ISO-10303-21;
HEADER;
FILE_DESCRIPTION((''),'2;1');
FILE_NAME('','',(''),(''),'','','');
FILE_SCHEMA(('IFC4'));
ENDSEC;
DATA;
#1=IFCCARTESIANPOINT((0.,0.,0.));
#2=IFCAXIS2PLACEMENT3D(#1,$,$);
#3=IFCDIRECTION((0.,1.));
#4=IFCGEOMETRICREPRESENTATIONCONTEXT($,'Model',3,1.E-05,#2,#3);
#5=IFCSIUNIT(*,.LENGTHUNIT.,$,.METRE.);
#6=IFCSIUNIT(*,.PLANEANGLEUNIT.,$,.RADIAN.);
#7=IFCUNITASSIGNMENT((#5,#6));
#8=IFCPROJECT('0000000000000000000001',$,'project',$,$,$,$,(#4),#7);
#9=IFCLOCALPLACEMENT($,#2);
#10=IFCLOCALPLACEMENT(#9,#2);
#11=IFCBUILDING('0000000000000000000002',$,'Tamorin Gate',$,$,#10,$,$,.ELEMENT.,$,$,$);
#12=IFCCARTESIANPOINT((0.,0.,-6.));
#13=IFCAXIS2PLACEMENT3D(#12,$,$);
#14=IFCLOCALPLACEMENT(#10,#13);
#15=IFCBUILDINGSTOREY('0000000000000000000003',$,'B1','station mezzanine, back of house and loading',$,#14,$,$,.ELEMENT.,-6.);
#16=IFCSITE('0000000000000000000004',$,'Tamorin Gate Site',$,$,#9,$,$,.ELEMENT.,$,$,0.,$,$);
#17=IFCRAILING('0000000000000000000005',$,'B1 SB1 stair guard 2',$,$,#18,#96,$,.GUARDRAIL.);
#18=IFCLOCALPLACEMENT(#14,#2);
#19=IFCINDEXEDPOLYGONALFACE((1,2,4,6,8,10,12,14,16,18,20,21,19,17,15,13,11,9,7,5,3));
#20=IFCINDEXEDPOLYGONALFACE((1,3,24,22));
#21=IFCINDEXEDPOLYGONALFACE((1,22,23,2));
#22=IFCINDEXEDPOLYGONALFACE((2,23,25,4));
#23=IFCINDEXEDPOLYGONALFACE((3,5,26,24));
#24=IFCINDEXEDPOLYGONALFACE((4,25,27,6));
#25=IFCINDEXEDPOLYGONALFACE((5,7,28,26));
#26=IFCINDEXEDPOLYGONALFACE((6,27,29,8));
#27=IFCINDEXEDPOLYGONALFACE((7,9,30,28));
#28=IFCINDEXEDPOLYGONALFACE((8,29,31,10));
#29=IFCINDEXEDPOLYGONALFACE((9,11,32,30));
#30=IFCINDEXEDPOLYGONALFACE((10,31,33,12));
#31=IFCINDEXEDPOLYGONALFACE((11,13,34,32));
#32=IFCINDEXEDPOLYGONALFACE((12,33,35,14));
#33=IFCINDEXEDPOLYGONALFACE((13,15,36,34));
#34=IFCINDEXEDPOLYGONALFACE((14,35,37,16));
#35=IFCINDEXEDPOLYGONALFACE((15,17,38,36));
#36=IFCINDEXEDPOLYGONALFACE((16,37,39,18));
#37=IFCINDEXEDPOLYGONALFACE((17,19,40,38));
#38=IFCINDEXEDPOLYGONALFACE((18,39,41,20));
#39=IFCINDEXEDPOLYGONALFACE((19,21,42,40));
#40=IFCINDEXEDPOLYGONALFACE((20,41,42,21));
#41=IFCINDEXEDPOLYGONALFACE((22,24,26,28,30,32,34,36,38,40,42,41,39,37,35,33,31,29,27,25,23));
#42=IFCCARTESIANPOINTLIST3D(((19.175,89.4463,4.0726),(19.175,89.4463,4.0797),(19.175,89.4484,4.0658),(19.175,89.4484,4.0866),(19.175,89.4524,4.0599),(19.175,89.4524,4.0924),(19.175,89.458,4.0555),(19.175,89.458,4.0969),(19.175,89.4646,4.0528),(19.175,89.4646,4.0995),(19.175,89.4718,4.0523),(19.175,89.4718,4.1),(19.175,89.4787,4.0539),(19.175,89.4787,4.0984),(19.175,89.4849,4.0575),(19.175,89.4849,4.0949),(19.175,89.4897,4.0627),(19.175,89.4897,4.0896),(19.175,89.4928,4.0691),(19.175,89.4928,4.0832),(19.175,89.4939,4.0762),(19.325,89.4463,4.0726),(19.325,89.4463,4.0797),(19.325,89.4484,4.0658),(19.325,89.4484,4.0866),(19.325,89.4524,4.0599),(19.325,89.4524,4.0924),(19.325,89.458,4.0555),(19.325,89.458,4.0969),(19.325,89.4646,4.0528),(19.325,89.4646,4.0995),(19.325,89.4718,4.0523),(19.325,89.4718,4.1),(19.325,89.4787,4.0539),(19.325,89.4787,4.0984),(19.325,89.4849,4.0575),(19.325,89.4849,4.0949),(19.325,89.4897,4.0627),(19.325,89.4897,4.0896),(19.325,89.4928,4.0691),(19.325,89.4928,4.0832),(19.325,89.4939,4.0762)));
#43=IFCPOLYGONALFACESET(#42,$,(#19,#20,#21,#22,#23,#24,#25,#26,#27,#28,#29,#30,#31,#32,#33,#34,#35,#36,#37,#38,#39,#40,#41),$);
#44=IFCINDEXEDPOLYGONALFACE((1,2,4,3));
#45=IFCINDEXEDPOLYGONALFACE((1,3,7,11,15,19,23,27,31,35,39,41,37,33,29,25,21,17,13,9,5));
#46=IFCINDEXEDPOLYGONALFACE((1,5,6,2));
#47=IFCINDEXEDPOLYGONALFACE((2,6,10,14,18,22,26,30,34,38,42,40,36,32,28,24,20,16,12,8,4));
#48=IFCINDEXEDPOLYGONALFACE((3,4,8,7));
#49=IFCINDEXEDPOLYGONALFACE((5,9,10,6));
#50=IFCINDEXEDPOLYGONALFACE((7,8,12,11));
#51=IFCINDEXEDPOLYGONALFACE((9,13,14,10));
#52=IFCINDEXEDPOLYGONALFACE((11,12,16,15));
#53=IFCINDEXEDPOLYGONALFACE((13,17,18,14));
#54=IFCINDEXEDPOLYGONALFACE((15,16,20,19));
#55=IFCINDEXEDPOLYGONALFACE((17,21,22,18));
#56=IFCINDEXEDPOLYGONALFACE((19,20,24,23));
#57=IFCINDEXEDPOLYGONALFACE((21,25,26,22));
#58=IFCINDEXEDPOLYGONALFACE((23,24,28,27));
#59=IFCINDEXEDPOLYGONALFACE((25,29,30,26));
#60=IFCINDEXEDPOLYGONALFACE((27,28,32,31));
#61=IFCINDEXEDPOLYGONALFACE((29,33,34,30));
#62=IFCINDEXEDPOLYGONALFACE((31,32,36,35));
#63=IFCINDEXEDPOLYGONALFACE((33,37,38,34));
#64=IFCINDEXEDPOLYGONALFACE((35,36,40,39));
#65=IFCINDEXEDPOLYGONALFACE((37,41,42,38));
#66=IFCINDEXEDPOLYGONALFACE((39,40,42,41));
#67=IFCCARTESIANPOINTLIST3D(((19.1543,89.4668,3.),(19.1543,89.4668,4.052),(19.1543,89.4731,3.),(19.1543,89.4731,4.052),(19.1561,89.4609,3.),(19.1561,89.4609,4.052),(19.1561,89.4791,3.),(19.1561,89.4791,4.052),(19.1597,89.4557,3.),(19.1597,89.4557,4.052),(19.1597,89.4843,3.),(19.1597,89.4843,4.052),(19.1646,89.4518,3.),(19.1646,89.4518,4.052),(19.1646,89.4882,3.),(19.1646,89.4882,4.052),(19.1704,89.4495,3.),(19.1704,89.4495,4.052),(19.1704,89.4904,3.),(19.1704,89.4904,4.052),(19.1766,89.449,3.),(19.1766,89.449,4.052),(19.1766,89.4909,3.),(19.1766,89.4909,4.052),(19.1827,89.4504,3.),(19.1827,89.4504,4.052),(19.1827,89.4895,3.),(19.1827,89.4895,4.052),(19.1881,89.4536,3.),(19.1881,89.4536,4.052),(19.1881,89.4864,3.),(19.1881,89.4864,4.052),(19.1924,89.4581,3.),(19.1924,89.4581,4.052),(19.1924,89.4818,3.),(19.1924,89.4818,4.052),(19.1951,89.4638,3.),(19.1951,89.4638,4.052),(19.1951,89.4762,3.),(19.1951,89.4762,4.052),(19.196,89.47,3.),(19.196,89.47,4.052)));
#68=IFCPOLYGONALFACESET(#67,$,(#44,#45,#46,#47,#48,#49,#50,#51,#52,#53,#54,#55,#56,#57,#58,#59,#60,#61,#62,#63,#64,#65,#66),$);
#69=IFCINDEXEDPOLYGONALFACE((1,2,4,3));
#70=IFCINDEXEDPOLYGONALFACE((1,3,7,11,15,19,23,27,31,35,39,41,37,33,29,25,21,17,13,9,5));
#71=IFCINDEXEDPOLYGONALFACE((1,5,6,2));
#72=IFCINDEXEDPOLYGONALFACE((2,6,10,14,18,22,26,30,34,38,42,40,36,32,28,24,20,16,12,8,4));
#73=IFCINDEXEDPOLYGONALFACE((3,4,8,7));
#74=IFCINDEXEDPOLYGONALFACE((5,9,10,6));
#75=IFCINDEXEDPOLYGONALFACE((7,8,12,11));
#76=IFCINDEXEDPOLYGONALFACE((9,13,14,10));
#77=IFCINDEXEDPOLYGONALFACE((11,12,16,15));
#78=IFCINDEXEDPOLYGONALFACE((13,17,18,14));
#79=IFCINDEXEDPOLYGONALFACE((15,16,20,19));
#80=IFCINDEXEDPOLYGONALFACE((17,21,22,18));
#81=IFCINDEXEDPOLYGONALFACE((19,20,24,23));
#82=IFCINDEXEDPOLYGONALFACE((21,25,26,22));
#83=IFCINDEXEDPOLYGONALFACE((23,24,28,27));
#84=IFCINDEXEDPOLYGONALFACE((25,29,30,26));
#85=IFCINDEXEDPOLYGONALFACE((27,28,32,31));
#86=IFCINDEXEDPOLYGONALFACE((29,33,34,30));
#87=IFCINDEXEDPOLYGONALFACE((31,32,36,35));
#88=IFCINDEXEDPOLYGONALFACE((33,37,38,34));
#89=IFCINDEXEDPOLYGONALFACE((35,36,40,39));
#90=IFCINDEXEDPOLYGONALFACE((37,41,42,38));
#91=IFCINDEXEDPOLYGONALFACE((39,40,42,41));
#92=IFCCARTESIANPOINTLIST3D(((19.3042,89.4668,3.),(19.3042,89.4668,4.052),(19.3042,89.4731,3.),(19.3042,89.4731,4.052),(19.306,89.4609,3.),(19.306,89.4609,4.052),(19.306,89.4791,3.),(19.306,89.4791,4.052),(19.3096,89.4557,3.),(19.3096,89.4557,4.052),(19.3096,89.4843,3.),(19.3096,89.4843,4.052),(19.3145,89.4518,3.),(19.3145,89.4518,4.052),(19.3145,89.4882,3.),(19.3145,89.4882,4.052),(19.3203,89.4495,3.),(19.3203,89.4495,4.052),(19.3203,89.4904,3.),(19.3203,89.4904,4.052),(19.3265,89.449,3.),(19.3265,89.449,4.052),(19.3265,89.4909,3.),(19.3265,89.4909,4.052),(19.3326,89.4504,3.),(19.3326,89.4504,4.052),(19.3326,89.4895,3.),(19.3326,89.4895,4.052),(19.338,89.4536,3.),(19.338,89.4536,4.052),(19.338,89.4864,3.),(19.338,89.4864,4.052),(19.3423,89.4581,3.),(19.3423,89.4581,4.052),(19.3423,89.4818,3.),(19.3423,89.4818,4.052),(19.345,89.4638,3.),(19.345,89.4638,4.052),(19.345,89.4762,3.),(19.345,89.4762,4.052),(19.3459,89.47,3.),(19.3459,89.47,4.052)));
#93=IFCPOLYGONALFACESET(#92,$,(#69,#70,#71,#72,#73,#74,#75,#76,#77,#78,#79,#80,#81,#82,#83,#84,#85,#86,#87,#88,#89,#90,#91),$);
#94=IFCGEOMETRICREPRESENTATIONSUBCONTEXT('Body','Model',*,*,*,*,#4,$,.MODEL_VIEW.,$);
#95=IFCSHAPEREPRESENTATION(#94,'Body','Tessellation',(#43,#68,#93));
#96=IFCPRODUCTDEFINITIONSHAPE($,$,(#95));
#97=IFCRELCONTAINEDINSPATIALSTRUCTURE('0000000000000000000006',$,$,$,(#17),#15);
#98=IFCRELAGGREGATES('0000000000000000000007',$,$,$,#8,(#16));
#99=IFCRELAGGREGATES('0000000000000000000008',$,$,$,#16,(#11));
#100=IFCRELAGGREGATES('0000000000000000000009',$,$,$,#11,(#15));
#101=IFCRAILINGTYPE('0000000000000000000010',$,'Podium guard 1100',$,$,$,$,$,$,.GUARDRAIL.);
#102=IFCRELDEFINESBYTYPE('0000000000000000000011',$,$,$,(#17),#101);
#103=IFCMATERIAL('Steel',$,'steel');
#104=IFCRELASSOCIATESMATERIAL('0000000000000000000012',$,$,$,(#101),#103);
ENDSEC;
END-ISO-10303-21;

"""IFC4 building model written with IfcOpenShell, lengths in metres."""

from ifc_helpers import new_model, si_unit, direction, frame, origin, origin_2d, place, context, subcontext, project, spatial, circle, extrude, material, type_object, element, save


model = new_model("IFC4")

# Units and contexts
model_context = context("Model", 3, precision=1e-05, world=origin(), true_north=direction((0.0, 1.0)))
body_context = subcontext(model_context, "Body", "Model", "MODEL_VIEW")
ifc_project = project(units=[si_unit("LENGTHUNIT", "METRE"), si_unit("PLANEANGLEUNIT", "RADIAN")], contexts=[model_context])

# Site, building, storey
site_placement = place(None, origin())
site = spatial("IfcSite", under=ifc_project, at=site_placement, Name="Tamorin Gate Site", CompositionType="ELEMENT", RefElevation=0.0)
building_placement = place(site_placement, origin())
building = spatial("IfcBuilding", under=site, at=building_placement, Name="Tamorin Gate", CompositionType="ELEMENT")
storey_placement = place(building_placement, frame((0.0, 0.0, -6.0)))
storey = spatial("IfcBuildingStorey", under=building, at=storey_placement, Name="B1", Description="station mezzanine, back of house and loading", CompositionType="ELEMENT", Elevation=-6.0)

# Railing
ifc_material_1 = material(Name="Steel", Category="steel")
railing_type_1 = type_object("IfcRailingType", Name="Podium guard 1100", PredefinedType="GUARDRAIL", material=ifc_material_1)
railing_1_placement = place(storey_placement, frame((19.175, 89.47, 3.0)))
element("IfcRailing", 1, at=railing_1_placement, inside=storey, type_object=railing_type_1, Name="B1 SB1 stair guard 2", PredefinedType="GUARDRAIL", context=body_context, shape_type="SweptSolid", body=[
    extrude(circle(Radius=0.0239, at=origin_2d()), frame((0.0, 0.0, 1.0762), z_axis=(1.0, 0.0, 0.0), x_axis=(0.0, 1.0, 0.0)), (0.0, 0.0, 1.0), 0.1499),
    extrude(circle(Radius=0.021, at=origin_2d()), origin(), (0.0, 0.0, 1.0), 1.052),
    extrude(circle(Radius=0.021, at=origin_2d()), frame((0.1499, 0.0, 0.0)), (0.0, 0.0, 1.0), 1.052),
])

save(model, "model.ifc")
